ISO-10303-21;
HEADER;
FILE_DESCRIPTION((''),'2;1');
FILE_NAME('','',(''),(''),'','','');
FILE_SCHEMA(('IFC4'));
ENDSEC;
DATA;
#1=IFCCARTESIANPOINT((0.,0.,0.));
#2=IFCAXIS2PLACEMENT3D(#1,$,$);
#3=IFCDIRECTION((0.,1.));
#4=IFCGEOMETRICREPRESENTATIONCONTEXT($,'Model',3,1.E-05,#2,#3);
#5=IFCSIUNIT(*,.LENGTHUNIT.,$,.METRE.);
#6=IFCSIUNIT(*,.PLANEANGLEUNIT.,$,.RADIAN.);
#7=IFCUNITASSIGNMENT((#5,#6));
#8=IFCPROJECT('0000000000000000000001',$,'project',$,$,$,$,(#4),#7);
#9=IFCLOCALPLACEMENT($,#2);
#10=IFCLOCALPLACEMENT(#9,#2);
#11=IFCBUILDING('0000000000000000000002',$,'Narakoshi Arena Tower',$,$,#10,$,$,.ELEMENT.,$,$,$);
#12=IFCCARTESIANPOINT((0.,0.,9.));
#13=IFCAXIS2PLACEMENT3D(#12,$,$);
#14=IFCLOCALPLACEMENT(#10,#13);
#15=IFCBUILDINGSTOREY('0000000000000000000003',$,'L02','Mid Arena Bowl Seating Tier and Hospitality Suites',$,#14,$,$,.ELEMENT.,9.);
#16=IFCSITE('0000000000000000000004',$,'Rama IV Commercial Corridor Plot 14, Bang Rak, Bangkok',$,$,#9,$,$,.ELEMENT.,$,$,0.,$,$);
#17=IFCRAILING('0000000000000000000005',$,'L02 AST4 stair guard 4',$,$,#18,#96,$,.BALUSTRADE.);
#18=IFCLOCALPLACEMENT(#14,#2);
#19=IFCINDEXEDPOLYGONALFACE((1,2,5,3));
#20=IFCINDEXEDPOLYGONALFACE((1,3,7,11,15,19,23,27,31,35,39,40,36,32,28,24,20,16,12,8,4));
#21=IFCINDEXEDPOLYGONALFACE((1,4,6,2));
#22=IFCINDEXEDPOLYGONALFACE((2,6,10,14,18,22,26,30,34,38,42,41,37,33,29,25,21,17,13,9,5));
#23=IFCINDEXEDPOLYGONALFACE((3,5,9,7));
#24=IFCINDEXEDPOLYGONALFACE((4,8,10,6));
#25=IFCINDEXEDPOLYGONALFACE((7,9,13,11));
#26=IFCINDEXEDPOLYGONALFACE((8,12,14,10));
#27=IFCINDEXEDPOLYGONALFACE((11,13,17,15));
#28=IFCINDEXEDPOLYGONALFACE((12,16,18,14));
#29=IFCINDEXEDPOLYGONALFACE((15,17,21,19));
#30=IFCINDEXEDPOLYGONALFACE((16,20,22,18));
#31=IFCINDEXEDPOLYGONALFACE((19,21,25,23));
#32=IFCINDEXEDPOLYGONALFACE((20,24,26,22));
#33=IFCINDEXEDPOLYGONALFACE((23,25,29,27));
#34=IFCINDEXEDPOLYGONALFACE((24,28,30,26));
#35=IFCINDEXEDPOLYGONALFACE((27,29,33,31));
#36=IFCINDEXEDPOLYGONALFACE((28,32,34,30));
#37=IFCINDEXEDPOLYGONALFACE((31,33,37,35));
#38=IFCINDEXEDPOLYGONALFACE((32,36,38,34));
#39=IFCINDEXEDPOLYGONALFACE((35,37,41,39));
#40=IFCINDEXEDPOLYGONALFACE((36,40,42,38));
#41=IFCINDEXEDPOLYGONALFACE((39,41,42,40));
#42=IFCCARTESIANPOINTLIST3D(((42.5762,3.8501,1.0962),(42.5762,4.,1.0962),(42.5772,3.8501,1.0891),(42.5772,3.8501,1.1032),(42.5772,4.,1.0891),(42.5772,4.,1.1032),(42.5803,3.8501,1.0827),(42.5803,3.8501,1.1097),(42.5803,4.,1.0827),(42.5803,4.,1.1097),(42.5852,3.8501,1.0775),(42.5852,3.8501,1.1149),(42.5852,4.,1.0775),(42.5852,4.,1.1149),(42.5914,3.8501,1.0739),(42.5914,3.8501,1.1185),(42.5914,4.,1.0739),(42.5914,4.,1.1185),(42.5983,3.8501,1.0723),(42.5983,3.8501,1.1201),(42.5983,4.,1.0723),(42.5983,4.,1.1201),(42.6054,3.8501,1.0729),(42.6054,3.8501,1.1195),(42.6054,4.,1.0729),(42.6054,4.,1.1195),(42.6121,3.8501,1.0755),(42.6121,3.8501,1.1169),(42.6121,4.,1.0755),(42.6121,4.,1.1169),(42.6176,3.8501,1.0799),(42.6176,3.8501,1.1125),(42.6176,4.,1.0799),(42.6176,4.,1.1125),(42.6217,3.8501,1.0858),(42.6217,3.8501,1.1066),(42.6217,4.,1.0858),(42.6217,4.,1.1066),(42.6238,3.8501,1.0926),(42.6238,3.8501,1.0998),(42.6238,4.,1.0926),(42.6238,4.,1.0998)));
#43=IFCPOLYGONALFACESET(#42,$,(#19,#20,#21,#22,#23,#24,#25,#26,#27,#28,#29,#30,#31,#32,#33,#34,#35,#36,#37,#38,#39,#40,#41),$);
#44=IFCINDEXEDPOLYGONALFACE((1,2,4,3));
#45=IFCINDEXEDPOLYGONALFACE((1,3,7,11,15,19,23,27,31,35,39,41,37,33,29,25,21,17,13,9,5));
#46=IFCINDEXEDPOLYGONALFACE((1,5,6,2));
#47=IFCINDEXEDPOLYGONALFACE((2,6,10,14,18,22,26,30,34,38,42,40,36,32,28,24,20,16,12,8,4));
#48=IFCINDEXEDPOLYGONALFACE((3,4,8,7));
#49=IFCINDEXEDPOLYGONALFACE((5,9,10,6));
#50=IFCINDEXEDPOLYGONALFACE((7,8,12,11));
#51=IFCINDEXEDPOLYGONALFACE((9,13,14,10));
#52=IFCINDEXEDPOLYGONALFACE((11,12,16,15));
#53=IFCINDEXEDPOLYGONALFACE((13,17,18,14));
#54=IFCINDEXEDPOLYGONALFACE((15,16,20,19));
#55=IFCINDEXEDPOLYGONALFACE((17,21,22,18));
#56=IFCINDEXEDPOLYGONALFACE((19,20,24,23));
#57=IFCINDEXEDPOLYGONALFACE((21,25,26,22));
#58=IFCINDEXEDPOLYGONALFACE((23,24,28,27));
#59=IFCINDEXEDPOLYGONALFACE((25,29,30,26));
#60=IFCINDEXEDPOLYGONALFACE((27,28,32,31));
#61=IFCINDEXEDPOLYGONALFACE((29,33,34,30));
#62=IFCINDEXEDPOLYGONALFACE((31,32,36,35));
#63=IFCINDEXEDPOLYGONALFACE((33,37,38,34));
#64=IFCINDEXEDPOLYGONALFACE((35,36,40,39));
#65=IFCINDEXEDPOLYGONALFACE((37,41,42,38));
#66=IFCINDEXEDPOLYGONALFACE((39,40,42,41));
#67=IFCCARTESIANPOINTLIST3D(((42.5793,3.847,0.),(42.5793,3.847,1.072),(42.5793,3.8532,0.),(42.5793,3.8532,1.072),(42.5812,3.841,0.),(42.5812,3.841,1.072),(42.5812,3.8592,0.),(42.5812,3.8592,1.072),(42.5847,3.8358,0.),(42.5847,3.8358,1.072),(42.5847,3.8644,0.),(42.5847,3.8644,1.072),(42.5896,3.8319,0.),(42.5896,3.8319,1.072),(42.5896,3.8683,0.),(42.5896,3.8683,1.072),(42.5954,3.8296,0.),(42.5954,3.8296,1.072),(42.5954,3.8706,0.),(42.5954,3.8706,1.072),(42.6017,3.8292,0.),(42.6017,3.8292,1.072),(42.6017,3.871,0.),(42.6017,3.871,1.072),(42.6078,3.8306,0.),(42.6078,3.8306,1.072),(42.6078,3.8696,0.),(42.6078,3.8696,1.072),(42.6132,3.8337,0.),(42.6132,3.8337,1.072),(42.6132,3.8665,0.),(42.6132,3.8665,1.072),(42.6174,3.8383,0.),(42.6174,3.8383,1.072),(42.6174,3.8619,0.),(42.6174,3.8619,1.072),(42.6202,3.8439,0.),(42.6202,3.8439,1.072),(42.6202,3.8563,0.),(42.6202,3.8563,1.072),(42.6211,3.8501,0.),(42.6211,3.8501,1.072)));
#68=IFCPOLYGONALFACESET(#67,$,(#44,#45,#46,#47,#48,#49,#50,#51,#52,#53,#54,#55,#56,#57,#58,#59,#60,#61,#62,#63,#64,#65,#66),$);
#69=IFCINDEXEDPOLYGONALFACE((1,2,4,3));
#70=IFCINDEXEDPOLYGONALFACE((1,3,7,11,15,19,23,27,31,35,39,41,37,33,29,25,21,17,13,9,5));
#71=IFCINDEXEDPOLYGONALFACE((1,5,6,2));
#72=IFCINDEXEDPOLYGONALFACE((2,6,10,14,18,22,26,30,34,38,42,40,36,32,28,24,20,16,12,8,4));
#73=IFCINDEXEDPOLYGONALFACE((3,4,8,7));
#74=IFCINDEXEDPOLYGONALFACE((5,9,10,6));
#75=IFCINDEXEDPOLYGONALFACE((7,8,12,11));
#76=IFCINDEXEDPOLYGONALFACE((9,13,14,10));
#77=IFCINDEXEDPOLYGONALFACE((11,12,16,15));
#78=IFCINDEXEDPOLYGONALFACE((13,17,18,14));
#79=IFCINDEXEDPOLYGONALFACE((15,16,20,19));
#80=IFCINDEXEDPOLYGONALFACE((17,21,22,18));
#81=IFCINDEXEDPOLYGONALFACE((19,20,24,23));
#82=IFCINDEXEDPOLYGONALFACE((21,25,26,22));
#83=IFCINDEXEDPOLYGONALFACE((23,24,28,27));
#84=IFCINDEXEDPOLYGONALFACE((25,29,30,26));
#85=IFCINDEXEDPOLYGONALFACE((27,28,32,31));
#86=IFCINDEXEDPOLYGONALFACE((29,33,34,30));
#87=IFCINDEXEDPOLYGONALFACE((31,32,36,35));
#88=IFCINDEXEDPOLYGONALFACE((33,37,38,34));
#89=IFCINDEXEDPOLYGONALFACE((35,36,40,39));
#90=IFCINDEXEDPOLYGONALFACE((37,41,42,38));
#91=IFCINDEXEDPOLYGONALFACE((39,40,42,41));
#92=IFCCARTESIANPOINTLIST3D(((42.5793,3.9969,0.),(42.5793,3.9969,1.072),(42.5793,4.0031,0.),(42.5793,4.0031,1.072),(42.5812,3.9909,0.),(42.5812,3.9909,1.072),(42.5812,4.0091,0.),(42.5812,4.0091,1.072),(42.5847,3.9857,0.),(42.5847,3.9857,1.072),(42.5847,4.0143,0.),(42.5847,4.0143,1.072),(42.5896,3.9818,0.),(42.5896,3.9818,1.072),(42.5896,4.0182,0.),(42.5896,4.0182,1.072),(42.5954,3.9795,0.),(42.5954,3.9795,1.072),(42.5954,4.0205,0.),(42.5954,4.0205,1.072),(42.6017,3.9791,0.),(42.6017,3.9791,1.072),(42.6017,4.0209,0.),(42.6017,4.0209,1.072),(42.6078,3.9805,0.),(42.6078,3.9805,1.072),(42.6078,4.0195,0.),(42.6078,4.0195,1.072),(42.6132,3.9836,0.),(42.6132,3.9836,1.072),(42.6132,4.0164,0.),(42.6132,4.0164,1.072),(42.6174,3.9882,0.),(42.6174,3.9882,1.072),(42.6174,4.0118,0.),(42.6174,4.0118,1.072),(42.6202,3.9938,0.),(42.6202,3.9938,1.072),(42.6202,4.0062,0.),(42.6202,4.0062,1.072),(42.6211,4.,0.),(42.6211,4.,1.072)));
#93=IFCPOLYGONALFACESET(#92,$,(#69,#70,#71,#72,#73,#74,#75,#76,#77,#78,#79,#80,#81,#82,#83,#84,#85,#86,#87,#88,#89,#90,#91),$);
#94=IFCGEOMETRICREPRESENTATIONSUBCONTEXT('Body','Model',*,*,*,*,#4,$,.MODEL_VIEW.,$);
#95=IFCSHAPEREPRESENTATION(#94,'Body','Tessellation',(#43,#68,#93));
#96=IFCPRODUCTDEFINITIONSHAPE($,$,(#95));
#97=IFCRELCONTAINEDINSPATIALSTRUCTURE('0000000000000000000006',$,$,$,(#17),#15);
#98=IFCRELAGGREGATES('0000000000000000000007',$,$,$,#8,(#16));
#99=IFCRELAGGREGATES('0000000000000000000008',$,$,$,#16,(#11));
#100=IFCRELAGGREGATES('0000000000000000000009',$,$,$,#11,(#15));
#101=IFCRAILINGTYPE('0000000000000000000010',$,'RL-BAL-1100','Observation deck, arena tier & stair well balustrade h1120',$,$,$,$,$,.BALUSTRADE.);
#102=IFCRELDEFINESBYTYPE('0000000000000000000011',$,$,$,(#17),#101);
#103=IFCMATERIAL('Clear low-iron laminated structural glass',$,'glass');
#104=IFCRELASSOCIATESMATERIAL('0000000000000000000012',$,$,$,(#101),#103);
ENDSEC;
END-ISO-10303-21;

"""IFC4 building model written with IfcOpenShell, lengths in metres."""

from ifc_helpers import new_model, si_unit, direction, frame, origin, origin_2d, place, context, subcontext, project, spatial, circle, extrude, material, type_object, element, save


model = new_model("IFC4")

# Units and contexts
model_context = context("Model", 3, precision=1e-05, world=origin(), true_north=direction((0.0, 1.0)))
body_context = subcontext(model_context, "Body", "Model", "MODEL_VIEW")
ifc_project = project(units=[si_unit("LENGTHUNIT", "METRE"), si_unit("PLANEANGLEUNIT", "RADIAN")], contexts=[model_context])

# Site, building, storey
site_placement = place(None, origin())
site = spatial("IfcSite", under=ifc_project, at=site_placement, Name="Rama IV Commercial Corridor Plot 14, Bang Rak, Bangkok", CompositionType="ELEMENT", RefElevation=0.0)
building_placement = place(site_placement, origin())
building = spatial("IfcBuilding", under=site, at=building_placement, Name="Narakoshi Arena Tower", CompositionType="ELEMENT")
storey_placement = place(building_placement, frame((0.0, 0.0, 9.0)))
storey = spatial("IfcBuildingStorey", under=building, at=storey_placement, Name="L02", Description="Mid Arena Bowl Seating Tier and Hospitality Suites", CompositionType="ELEMENT", Elevation=9.0)

# Railing
ifc_material_1 = material(Name="Clear low-iron laminated structural glass", Category="glass")
railing_type_1 = type_object("IfcRailingType", Name="RL-BAL-1100", Description="Observation deck, arena tier & stair well balustrade h1120", PredefinedType="BALUSTRADE", material=ifc_material_1)
railing_1_placement = place(storey_placement, frame((42.6001, 3.8501, 0.0)))
element("IfcRailing", 1, at=railing_1_placement, inside=storey, type_object=railing_type_1, Name="L02 AST4 stair guard 4", PredefinedType="BALUSTRADE", context=body_context, shape_type="SweptSolid", body=[
    extrude(circle(Radius=0.0239, at=origin_2d()), frame((0.0, 0.0, 1.0962), z_axis=(0.0, 1.0, 0.0), x_axis=(-1.0, 0.0, 0.0)), (0.0, 0.0, 1.0), 0.1499),
    extrude(circle(Radius=0.021, at=origin_2d()), origin(), (0.0, 0.0, 1.0), 1.072),
    extrude(circle(Radius=0.021, at=origin_2d()), frame((0.0, 0.1499, 0.0)), (0.0, 0.0, 1.0), 1.072),
])

save(model, "model.ifc")
